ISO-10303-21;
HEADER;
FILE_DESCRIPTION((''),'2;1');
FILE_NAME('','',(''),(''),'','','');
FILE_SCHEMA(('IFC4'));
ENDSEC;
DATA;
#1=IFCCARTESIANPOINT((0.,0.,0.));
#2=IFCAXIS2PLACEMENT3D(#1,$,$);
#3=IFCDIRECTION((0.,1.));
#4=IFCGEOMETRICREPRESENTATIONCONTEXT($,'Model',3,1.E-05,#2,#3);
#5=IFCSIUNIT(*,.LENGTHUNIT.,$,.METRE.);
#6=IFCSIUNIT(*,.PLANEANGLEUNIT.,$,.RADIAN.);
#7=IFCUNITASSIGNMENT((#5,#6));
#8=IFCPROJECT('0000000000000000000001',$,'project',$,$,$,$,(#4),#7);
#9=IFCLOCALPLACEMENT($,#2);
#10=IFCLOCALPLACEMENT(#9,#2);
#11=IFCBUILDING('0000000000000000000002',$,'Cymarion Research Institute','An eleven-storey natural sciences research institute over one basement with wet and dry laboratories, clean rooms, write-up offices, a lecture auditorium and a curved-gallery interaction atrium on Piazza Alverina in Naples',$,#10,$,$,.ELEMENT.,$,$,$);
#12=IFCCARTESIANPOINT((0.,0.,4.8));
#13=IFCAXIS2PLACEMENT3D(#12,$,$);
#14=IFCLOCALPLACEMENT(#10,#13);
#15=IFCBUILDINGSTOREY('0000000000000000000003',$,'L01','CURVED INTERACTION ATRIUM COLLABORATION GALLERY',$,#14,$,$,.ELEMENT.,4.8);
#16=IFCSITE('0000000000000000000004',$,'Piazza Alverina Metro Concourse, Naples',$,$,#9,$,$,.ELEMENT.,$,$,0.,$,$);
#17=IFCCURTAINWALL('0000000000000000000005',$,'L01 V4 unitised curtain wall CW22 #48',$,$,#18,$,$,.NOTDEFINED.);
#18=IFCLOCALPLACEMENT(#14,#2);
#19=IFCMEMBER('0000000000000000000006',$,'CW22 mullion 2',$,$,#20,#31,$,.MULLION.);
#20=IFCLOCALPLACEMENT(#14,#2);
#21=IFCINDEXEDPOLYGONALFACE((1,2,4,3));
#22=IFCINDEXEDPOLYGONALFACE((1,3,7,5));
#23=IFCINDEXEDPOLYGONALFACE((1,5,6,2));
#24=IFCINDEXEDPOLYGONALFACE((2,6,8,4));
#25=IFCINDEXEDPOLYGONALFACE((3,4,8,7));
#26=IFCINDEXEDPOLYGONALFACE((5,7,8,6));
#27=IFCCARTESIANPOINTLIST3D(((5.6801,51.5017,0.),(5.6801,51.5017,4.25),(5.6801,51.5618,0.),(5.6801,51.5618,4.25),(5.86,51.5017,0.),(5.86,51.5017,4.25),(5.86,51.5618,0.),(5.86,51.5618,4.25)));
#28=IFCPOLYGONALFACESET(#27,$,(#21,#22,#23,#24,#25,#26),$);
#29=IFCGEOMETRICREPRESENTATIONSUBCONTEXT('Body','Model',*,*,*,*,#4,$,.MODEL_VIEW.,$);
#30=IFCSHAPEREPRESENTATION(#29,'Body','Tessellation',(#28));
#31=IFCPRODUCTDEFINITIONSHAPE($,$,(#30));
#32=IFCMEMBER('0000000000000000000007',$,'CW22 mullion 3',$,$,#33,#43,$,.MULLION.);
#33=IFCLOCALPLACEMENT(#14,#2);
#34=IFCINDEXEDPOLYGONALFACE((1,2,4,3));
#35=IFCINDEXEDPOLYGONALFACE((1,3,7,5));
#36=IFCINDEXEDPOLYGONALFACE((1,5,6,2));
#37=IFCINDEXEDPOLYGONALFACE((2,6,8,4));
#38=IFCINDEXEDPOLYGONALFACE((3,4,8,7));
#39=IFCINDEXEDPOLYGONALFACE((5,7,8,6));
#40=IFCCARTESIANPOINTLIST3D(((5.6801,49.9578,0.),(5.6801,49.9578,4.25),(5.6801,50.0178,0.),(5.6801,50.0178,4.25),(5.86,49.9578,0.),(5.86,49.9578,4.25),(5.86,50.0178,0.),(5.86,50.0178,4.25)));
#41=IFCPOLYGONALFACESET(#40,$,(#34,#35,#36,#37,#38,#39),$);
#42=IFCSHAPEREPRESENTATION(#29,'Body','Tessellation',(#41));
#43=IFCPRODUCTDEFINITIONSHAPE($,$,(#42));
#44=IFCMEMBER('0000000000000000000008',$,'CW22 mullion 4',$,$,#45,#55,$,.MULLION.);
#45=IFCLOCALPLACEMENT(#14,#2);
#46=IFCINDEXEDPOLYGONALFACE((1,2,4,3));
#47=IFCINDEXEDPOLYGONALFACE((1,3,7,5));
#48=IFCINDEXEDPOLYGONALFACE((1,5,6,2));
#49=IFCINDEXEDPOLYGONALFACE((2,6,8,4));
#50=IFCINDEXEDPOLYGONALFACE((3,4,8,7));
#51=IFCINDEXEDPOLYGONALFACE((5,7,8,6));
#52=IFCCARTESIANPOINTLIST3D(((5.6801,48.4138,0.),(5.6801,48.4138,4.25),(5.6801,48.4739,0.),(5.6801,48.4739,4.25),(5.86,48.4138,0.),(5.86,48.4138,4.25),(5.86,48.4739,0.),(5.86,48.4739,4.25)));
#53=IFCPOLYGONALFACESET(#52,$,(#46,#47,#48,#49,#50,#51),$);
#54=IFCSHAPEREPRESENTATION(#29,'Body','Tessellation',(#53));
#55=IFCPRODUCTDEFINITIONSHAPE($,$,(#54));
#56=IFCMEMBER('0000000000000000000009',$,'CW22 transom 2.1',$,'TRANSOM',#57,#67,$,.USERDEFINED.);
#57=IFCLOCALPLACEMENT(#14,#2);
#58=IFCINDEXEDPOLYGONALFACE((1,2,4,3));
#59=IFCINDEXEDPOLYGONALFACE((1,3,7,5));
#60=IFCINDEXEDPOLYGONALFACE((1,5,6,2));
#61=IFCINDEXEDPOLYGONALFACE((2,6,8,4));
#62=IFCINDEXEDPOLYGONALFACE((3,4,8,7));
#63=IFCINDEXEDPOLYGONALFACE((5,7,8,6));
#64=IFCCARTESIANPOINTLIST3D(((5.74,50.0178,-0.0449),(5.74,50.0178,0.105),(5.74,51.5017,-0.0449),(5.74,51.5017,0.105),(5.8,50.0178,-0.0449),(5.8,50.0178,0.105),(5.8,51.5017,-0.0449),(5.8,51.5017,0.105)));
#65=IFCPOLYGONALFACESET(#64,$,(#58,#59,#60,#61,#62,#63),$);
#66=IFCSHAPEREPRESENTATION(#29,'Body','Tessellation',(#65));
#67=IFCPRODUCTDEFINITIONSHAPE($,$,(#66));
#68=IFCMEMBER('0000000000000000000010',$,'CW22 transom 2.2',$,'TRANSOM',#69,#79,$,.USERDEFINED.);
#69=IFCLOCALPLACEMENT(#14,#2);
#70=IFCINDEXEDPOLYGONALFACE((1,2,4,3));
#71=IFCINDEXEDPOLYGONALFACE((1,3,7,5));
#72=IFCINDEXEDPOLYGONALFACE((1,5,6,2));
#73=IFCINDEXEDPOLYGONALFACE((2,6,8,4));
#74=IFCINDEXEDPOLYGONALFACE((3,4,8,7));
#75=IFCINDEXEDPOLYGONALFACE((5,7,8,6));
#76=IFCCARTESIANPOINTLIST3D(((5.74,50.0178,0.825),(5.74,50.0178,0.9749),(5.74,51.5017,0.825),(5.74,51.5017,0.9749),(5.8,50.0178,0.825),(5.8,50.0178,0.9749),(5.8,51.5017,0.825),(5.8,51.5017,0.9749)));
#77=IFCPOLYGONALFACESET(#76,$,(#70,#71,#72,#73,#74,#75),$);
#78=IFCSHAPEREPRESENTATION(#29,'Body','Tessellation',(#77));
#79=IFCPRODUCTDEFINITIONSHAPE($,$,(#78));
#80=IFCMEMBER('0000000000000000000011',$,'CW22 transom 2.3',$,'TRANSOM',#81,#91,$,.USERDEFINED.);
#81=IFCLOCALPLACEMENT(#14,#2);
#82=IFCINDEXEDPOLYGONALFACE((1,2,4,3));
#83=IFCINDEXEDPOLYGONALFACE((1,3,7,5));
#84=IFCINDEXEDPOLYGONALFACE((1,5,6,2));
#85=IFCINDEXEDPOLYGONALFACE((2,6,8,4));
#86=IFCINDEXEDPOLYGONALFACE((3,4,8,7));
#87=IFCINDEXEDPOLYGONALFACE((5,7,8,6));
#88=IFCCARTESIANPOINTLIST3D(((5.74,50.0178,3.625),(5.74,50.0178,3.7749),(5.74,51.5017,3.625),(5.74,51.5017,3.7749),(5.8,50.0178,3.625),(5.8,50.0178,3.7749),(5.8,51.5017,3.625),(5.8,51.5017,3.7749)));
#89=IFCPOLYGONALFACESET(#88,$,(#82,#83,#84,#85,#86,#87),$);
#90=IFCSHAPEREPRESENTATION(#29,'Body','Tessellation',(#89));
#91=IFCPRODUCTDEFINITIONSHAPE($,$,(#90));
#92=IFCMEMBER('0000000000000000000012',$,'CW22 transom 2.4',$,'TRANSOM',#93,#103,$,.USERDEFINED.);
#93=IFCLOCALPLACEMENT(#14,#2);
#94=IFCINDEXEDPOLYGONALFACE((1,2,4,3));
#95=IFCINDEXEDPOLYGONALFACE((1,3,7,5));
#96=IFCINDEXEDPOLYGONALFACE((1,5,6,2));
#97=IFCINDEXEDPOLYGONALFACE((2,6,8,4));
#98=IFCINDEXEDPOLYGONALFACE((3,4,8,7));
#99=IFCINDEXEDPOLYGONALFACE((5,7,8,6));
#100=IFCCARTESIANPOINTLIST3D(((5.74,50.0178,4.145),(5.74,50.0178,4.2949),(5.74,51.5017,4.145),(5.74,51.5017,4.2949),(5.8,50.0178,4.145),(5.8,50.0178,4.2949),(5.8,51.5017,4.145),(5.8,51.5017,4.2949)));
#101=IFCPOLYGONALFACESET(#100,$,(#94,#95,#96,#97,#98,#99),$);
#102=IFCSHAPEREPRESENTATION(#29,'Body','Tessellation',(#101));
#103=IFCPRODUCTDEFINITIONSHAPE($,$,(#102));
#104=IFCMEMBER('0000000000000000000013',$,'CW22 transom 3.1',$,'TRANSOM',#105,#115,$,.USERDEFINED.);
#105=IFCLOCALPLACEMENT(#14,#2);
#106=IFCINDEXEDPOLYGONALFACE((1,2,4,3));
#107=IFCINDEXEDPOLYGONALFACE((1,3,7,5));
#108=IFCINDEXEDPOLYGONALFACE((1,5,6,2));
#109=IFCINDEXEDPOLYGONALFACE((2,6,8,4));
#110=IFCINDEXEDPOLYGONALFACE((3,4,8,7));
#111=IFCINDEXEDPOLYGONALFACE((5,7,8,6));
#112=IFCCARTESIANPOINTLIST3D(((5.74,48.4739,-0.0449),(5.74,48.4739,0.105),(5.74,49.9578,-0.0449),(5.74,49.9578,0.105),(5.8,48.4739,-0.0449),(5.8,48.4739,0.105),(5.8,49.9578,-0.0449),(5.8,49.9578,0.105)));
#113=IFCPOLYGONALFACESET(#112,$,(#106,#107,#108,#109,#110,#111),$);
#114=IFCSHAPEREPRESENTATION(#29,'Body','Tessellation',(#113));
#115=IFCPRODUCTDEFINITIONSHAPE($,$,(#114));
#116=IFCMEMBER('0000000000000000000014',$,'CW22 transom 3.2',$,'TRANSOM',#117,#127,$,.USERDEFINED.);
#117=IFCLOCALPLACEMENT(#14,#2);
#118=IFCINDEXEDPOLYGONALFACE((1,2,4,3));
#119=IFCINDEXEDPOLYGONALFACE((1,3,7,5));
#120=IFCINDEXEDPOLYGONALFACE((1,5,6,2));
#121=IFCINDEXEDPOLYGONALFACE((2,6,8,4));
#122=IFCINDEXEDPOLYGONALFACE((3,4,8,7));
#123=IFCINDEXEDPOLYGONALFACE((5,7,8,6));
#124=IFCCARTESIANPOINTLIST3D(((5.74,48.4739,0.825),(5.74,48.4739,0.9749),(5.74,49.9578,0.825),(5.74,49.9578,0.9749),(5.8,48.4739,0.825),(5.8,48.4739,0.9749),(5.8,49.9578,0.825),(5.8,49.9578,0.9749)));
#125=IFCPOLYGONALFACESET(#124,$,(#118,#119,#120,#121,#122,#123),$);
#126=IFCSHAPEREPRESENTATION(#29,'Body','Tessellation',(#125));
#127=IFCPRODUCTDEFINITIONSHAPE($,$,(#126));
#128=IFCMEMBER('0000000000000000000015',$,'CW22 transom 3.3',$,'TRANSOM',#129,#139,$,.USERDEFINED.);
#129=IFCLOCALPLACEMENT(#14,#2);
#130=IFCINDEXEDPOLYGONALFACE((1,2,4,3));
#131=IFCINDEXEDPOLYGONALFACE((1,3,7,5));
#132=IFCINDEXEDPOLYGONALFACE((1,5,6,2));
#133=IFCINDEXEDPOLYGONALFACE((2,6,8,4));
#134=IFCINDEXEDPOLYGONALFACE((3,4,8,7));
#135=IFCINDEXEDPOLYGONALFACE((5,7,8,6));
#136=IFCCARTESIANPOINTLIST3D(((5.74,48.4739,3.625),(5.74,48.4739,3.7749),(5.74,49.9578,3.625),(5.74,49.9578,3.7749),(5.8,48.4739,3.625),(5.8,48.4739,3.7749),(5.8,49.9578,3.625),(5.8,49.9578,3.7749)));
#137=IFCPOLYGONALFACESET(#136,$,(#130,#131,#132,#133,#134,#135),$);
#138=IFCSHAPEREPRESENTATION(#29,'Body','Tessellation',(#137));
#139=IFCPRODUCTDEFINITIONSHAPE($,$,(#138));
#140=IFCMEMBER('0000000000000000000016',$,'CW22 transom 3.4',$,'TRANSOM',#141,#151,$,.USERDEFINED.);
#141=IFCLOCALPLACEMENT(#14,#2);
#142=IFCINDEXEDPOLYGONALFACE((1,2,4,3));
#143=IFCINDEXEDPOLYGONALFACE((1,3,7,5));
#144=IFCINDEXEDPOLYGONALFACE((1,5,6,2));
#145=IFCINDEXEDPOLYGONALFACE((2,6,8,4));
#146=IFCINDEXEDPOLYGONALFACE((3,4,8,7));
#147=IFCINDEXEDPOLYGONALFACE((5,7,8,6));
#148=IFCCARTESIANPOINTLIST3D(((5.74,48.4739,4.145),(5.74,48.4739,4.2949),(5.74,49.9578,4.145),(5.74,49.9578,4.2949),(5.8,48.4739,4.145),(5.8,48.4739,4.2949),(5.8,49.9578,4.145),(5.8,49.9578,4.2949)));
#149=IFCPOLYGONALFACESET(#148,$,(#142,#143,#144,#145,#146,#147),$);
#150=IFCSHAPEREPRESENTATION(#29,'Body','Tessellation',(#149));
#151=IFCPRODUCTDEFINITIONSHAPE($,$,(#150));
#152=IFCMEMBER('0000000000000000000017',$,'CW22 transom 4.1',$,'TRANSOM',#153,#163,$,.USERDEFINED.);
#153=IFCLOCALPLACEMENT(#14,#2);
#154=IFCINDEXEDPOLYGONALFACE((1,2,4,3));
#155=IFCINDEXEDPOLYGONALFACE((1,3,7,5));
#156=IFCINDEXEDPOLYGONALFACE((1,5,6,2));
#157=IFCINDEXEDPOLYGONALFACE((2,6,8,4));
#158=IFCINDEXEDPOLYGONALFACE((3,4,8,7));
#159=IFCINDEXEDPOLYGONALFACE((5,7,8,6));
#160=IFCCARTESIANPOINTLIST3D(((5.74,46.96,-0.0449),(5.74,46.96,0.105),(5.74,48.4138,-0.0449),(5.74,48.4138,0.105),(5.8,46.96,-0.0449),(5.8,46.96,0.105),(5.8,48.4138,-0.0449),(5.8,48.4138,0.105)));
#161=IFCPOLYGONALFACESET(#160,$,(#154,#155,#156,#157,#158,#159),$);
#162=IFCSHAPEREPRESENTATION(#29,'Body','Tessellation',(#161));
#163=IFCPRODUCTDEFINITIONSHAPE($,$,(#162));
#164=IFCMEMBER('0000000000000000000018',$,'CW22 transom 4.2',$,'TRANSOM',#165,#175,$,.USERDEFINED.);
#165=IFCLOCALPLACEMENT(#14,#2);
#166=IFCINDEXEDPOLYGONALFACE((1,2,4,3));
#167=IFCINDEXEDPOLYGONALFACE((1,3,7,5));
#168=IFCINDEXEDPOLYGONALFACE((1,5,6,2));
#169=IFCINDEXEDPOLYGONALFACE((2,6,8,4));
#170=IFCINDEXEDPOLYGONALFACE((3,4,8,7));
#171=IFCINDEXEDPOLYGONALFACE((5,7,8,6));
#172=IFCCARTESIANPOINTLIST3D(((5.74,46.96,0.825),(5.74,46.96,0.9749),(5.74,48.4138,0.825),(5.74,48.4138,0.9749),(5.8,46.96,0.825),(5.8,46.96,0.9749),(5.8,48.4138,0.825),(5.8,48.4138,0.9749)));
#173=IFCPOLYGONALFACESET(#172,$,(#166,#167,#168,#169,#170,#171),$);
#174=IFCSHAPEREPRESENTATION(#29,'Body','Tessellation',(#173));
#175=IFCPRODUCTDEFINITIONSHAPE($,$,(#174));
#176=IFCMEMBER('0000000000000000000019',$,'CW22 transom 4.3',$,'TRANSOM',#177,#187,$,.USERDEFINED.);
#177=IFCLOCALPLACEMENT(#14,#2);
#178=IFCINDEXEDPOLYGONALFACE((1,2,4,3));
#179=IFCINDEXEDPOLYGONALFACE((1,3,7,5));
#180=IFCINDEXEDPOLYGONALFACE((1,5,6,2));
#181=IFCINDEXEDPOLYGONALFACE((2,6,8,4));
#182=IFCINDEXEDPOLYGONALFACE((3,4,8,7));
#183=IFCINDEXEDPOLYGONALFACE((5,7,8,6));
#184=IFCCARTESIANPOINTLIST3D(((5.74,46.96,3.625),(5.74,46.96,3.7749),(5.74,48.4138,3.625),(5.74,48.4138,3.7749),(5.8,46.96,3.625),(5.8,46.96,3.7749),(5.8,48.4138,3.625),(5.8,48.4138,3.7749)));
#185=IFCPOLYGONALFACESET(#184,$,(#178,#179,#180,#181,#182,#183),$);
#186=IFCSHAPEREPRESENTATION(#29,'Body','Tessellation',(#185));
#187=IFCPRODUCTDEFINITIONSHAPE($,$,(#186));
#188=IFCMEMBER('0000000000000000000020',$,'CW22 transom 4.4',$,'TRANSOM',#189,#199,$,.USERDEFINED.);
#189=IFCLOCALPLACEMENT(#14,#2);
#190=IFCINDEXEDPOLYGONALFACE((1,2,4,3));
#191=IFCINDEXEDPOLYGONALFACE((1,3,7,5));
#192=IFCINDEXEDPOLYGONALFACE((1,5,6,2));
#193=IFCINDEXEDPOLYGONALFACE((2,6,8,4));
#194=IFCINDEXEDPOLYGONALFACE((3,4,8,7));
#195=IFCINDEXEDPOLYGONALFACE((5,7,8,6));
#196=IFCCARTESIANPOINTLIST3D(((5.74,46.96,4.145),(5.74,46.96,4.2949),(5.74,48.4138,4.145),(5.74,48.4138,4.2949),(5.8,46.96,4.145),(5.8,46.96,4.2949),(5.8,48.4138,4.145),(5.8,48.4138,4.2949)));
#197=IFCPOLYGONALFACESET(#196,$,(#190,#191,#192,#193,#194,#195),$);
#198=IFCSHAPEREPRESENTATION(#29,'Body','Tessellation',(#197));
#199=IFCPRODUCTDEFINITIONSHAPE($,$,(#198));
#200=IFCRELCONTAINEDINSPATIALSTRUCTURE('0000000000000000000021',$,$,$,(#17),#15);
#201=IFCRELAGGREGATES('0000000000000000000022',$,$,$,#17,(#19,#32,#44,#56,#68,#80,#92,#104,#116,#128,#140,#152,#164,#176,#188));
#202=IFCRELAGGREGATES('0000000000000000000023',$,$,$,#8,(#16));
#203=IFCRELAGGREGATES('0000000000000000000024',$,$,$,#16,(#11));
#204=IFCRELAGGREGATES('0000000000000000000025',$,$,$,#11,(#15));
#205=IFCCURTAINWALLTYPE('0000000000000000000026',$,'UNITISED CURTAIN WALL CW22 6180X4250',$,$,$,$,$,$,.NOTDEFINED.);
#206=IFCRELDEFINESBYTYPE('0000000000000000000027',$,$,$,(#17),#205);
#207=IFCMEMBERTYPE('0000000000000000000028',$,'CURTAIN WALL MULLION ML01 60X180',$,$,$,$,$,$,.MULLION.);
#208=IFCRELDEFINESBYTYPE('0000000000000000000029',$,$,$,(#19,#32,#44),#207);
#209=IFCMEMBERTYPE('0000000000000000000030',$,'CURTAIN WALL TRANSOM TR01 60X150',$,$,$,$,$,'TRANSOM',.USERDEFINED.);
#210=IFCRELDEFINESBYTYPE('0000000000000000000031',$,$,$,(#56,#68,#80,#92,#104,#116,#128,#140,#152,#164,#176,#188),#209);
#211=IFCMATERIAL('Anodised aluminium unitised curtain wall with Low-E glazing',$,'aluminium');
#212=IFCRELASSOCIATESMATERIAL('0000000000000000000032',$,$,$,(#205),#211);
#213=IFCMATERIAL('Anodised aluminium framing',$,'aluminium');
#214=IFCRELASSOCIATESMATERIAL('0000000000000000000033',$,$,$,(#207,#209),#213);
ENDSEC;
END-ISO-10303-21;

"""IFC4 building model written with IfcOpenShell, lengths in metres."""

from ifc_helpers import new_model, si_unit, direction, frame, origin, origin_2d, place, context, subcontext, project, spatial, rectangle, extrude, material, material_profile, profile_set, type_object, element, aggregate, save


model = new_model("IFC4")

# Units and contexts
model_context = context("Model", 3, precision=1e-05, world=origin(), true_north=direction((0.0, 1.0)))
body_context = subcontext(model_context, "Body", "Model", "MODEL_VIEW")
ifc_project = project(units=[si_unit("LENGTHUNIT", "METRE"), si_unit("PLANEANGLEUNIT", "RADIAN")], contexts=[model_context])

# Site, building, storey
site_placement = place(None, origin())
site = spatial("IfcSite", under=ifc_project, at=site_placement, Name="Piazza Alverina Metro Concourse, Naples", CompositionType="ELEMENT", RefElevation=0.0)
building_placement = place(site_placement, origin())
building = spatial("IfcBuilding", under=site, at=building_placement, Name="Cymarion Research Institute", Description="An eleven-storey natural sciences research institute over one basement with wet and dry laboratories, clean rooms, write-up offices, a lecture auditorium and a curved-gallery interaction atrium on Piazza Alverina in Naples", CompositionType="ELEMENT")
storey_placement = place(building_placement, frame((0.0, 0.0, 4.8)))
storey = spatial("IfcBuildingStorey", under=building, at=storey_placement, Name="L01", Description="CURVED INTERACTION ATRIUM COLLABORATION GALLERY", CompositionType="ELEMENT", Elevation=4.8)

# Curtain wall, members
ifc_material_1 = material(Name="Anodised aluminium unitised curtain wall with Low-E glazing", Category="aluminium")
curtain_wall_type = type_object("IfcCurtainWallType", Name="UNITISED CURTAIN WALL CW22 6180X4250", PredefinedType="NOTDEFINED", material=ifc_material_1)
curtain_wall_placement = place(storey_placement, origin())
curtain_wall = element("IfcCurtainWall", 1, at=curtain_wall_placement, inside=storey, type_object=curtain_wall_type, Name="L01 V4 unitised curtain wall CW22 #48", PredefinedType="NOTDEFINED")
ifc_material_2 = material(Name="Anodised aluminium framing", Category="aluminium")
ifc_material_profile_1 = material_profile(ifc_material_2, rectangle(XDim=0.0601, YDim=0.1799, at=origin_2d()), Name="ALU MULLION 60x180")
ifc_profile_set_1 = profile_set([ifc_material_profile_1], Name="Anodised aluminium framing")
member_type_1 = type_object("IfcMemberType", Name="CURTAIN WALL MULLION ML01 60X180", PredefinedType="MULLION", material=ifc_profile_set_1)
member_1_placement = place(storey_placement, frame((5.77, 51.5317, 0.0), z_axis=(0.0, 0.0, 1.0), x_axis=(0.0, -1.0, 0.0)))
member_1 = element("IfcMember", 2, at=member_1_placement, type_object=member_type_1, Name="CW22 mullion 2", PredefinedType="MULLION", context=body_context, shape_type="SweptSolid", body=[
    extrude(rectangle(XDim=0.0601, YDim=0.1799, at=origin_2d()), origin(), (0.0, 0.0, 1.0), 4.25),
])
member_2_placement = place(storey_placement, frame((5.77, 49.9878, 0.0), z_axis=(0.0, 0.0, 1.0), x_axis=(0.0, -1.0, 0.0)))
member_2 = element("IfcMember", 3, at=member_2_placement, type_object=member_type_1, Name="CW22 mullion 3", PredefinedType="MULLION", context=body_context, shape_type="SweptSolid", body=[
    extrude(rectangle(XDim=0.0601, YDim=0.1799, at=origin_2d()), origin(), (0.0, 0.0, 1.0), 4.25),
])
member_3_placement = place(storey_placement, frame((5.77, 48.4438, 0.0), z_axis=(0.0, 0.0, 1.0), x_axis=(0.0, -1.0, 0.0)))
member_3 = element("IfcMember", 4, at=member_3_placement, type_object=member_type_1, Name="CW22 mullion 4", PredefinedType="MULLION", context=body_context, shape_type="SweptSolid", body=[
    extrude(rectangle(XDim=0.0601, YDim=0.1799, at=origin_2d()), origin(), (0.0, 0.0, 1.0), 4.25),
])
ifc_material_profile_2 = material_profile(ifc_material_2, rectangle(XDim=0.0601, YDim=0.1499, at=origin_2d()), Name="ALU TRANSOM 60x150")
ifc_profile_set_2 = profile_set([ifc_material_profile_2], Name="Anodised aluminium framing")
member_type_2 = type_object("IfcMemberType", Name="CURTAIN WALL TRANSOM TR01 60X150", ElementType="TRANSOM", PredefinedType="USERDEFINED", material=ifc_profile_set_2)
member_4_placement = place(storey_placement, frame((5.77, 51.5017, 0.03), z_axis=(0.0, -1.0, 0.0), x_axis=(1.0, 0.0, 0.0)))
member_4 = element("IfcMember", 5, at=member_4_placement, type_object=member_type_2, Name="CW22 transom 2.1", ObjectType="TRANSOM", PredefinedType="USERDEFINED", context=body_context, shape_type="SweptSolid", body=[
    extrude(rectangle(XDim=0.0601, YDim=0.1499, at=origin_2d()), origin(), (0.0, 0.0, 1.0), 1.4839),
])
member_5_placement = place(storey_placement, frame((5.77, 51.5017, 0.8999), z_axis=(0.0, -1.0, 0.0), x_axis=(1.0, 0.0, 0.0)))
member_5 = element("IfcMember", 6, at=member_5_placement, type_object=member_type_2, Name="CW22 transom 2.2", ObjectType="TRANSOM", PredefinedType="USERDEFINED", context=body_context, shape_type="SweptSolid", body=[
    extrude(rectangle(XDim=0.0601, YDim=0.1499, at=origin_2d()), origin(), (0.0, 0.0, 1.0), 1.4839),
])
member_6_placement = place(storey_placement, frame((5.77, 51.5017, 3.7), z_axis=(0.0, -1.0, 0.0), x_axis=(1.0, 0.0, 0.0)))
member_6 = element("IfcMember", 7, at=member_6_placement, type_object=member_type_2, Name="CW22 transom 2.3", ObjectType="TRANSOM", PredefinedType="USERDEFINED", context=body_context, shape_type="SweptSolid", body=[
    extrude(rectangle(XDim=0.0601, YDim=0.1499, at=origin_2d()), origin(), (0.0, 0.0, 1.0), 1.4839),
])
member_7_placement = place(storey_placement, frame((5.77, 51.5017, 4.22), z_axis=(0.0, -1.0, 0.0), x_axis=(1.0, 0.0, 0.0)))
member_7 = element("IfcMember", 8, at=member_7_placement, type_object=member_type_2, Name="CW22 transom 2.4", ObjectType="TRANSOM", PredefinedType="USERDEFINED", context=body_context, shape_type="SweptSolid", body=[
    extrude(rectangle(XDim=0.0601, YDim=0.1499, at=origin_2d()), origin(), (0.0, 0.0, 1.0), 1.4839),
])
member_8_placement = place(storey_placement, frame((5.77, 49.9578, 0.03), z_axis=(0.0, -1.0, 0.0), x_axis=(1.0, 0.0, 0.0)))
member_8 = element("IfcMember", 9, at=member_8_placement, type_object=member_type_2, Name="CW22 transom 3.1", ObjectType="TRANSOM", PredefinedType="USERDEFINED", context=body_context, shape_type="SweptSolid", body=[
    extrude(rectangle(XDim=0.0601, YDim=0.1499, at=origin_2d()), origin(), (0.0, 0.0, 1.0), 1.4839),
])
member_9_placement = place(storey_placement, frame((5.77, 49.9578, 0.8999), z_axis=(0.0, -1.0, 0.0), x_axis=(1.0, 0.0, 0.0)))
member_9 = element("IfcMember", 10, at=member_9_placement, type_object=member_type_2, Name="CW22 transom 3.2", ObjectType="TRANSOM", PredefinedType="USERDEFINED", context=body_context, shape_type="SweptSolid", body=[
    extrude(rectangle(XDim=0.0601, YDim=0.1499, at=origin_2d()), origin(), (0.0, 0.0, 1.0), 1.4839),
])
member_10_placement = place(storey_placement, frame((5.77, 49.9578, 3.7), z_axis=(0.0, -1.0, 0.0), x_axis=(1.0, 0.0, 0.0)))
member_10 = element("IfcMember", 11, at=member_10_placement, type_object=member_type_2, Name="CW22 transom 3.3", ObjectType="TRANSOM", PredefinedType="USERDEFINED", context=body_context, shape_type="SweptSolid", body=[
    extrude(rectangle(XDim=0.0601, YDim=0.1499, at=origin_2d()), origin(), (0.0, 0.0, 1.0), 1.4839),
])
member_11_placement = place(storey_placement, frame((5.77, 49.9578, 4.22), z_axis=(0.0, -1.0, 0.0), x_axis=(1.0, 0.0, 0.0)))
member_11 = element("IfcMember", 12, at=member_11_placement, type_object=member_type_2, Name="CW22 transom 3.4", ObjectType="TRANSOM", PredefinedType="USERDEFINED", context=body_context, shape_type="SweptSolid", body=[
    extrude(rectangle(XDim=0.0601, YDim=0.1499, at=origin_2d()), origin(), (0.0, 0.0, 1.0), 1.4839),
])
member_12_placement = place(storey_placement, frame((5.77, 48.4138, 0.03), z_axis=(0.0, -1.0, 0.0), x_axis=(1.0, 0.0, 0.0)))
member_12 = element("IfcMember", 13, at=member_12_placement, type_object=member_type_2, Name="CW22 transom 4.1", ObjectType="TRANSOM", PredefinedType="USERDEFINED", context=body_context, shape_type="SweptSolid", body=[
    extrude(rectangle(XDim=0.0601, YDim=0.1499, at=origin_2d()), origin(), (0.0, 0.0, 1.0), 1.4539),
])
member_13_placement = place(storey_placement, frame((5.77, 48.4138, 0.8999), z_axis=(0.0, -1.0, 0.0), x_axis=(1.0, 0.0, 0.0)))
member_13 = element("IfcMember", 14, at=member_13_placement, type_object=member_type_2, Name="CW22 transom 4.2", ObjectType="TRANSOM", PredefinedType="USERDEFINED", context=body_context, shape_type="SweptSolid", body=[
    extrude(rectangle(XDim=0.0601, YDim=0.1499, at=origin_2d()), origin(), (0.0, 0.0, 1.0), 1.4539),
])
member_14_placement = place(storey_placement, frame((5.77, 48.4138, 3.7), z_axis=(0.0, -1.0, 0.0), x_axis=(1.0, 0.0, 0.0)))
member_14 = element("IfcMember", 15, at=member_14_placement, type_object=member_type_2, Name="CW22 transom 4.3", ObjectType="TRANSOM", PredefinedType="USERDEFINED", context=body_context, shape_type="SweptSolid", body=[
    extrude(rectangle(XDim=0.0601, YDim=0.1499, at=origin_2d()), origin(), (0.0, 0.0, 1.0), 1.4539),
])
member_15_placement = place(storey_placement, frame((5.77, 48.4138, 4.22), z_axis=(0.0, -1.0, 0.0), x_axis=(1.0, 0.0, 0.0)))
member_15 = element("IfcMember", 16, at=member_15_placement, type_object=member_type_2, Name="CW22 transom 4.4", ObjectType="TRANSOM", PredefinedType="USERDEFINED", context=body_context, shape_type="SweptSolid", body=[
    extrude(rectangle(XDim=0.0601, YDim=0.1499, at=origin_2d()), origin(), (0.0, 0.0, 1.0), 1.4539),
])
aggregate(curtain_wall, [member_1, member_2, member_3, member_4, member_5, member_6, member_7, member_8, member_9, member_10, member_11, member_12, member_13, member_14, member_15])

save(model, "model.ifc")
